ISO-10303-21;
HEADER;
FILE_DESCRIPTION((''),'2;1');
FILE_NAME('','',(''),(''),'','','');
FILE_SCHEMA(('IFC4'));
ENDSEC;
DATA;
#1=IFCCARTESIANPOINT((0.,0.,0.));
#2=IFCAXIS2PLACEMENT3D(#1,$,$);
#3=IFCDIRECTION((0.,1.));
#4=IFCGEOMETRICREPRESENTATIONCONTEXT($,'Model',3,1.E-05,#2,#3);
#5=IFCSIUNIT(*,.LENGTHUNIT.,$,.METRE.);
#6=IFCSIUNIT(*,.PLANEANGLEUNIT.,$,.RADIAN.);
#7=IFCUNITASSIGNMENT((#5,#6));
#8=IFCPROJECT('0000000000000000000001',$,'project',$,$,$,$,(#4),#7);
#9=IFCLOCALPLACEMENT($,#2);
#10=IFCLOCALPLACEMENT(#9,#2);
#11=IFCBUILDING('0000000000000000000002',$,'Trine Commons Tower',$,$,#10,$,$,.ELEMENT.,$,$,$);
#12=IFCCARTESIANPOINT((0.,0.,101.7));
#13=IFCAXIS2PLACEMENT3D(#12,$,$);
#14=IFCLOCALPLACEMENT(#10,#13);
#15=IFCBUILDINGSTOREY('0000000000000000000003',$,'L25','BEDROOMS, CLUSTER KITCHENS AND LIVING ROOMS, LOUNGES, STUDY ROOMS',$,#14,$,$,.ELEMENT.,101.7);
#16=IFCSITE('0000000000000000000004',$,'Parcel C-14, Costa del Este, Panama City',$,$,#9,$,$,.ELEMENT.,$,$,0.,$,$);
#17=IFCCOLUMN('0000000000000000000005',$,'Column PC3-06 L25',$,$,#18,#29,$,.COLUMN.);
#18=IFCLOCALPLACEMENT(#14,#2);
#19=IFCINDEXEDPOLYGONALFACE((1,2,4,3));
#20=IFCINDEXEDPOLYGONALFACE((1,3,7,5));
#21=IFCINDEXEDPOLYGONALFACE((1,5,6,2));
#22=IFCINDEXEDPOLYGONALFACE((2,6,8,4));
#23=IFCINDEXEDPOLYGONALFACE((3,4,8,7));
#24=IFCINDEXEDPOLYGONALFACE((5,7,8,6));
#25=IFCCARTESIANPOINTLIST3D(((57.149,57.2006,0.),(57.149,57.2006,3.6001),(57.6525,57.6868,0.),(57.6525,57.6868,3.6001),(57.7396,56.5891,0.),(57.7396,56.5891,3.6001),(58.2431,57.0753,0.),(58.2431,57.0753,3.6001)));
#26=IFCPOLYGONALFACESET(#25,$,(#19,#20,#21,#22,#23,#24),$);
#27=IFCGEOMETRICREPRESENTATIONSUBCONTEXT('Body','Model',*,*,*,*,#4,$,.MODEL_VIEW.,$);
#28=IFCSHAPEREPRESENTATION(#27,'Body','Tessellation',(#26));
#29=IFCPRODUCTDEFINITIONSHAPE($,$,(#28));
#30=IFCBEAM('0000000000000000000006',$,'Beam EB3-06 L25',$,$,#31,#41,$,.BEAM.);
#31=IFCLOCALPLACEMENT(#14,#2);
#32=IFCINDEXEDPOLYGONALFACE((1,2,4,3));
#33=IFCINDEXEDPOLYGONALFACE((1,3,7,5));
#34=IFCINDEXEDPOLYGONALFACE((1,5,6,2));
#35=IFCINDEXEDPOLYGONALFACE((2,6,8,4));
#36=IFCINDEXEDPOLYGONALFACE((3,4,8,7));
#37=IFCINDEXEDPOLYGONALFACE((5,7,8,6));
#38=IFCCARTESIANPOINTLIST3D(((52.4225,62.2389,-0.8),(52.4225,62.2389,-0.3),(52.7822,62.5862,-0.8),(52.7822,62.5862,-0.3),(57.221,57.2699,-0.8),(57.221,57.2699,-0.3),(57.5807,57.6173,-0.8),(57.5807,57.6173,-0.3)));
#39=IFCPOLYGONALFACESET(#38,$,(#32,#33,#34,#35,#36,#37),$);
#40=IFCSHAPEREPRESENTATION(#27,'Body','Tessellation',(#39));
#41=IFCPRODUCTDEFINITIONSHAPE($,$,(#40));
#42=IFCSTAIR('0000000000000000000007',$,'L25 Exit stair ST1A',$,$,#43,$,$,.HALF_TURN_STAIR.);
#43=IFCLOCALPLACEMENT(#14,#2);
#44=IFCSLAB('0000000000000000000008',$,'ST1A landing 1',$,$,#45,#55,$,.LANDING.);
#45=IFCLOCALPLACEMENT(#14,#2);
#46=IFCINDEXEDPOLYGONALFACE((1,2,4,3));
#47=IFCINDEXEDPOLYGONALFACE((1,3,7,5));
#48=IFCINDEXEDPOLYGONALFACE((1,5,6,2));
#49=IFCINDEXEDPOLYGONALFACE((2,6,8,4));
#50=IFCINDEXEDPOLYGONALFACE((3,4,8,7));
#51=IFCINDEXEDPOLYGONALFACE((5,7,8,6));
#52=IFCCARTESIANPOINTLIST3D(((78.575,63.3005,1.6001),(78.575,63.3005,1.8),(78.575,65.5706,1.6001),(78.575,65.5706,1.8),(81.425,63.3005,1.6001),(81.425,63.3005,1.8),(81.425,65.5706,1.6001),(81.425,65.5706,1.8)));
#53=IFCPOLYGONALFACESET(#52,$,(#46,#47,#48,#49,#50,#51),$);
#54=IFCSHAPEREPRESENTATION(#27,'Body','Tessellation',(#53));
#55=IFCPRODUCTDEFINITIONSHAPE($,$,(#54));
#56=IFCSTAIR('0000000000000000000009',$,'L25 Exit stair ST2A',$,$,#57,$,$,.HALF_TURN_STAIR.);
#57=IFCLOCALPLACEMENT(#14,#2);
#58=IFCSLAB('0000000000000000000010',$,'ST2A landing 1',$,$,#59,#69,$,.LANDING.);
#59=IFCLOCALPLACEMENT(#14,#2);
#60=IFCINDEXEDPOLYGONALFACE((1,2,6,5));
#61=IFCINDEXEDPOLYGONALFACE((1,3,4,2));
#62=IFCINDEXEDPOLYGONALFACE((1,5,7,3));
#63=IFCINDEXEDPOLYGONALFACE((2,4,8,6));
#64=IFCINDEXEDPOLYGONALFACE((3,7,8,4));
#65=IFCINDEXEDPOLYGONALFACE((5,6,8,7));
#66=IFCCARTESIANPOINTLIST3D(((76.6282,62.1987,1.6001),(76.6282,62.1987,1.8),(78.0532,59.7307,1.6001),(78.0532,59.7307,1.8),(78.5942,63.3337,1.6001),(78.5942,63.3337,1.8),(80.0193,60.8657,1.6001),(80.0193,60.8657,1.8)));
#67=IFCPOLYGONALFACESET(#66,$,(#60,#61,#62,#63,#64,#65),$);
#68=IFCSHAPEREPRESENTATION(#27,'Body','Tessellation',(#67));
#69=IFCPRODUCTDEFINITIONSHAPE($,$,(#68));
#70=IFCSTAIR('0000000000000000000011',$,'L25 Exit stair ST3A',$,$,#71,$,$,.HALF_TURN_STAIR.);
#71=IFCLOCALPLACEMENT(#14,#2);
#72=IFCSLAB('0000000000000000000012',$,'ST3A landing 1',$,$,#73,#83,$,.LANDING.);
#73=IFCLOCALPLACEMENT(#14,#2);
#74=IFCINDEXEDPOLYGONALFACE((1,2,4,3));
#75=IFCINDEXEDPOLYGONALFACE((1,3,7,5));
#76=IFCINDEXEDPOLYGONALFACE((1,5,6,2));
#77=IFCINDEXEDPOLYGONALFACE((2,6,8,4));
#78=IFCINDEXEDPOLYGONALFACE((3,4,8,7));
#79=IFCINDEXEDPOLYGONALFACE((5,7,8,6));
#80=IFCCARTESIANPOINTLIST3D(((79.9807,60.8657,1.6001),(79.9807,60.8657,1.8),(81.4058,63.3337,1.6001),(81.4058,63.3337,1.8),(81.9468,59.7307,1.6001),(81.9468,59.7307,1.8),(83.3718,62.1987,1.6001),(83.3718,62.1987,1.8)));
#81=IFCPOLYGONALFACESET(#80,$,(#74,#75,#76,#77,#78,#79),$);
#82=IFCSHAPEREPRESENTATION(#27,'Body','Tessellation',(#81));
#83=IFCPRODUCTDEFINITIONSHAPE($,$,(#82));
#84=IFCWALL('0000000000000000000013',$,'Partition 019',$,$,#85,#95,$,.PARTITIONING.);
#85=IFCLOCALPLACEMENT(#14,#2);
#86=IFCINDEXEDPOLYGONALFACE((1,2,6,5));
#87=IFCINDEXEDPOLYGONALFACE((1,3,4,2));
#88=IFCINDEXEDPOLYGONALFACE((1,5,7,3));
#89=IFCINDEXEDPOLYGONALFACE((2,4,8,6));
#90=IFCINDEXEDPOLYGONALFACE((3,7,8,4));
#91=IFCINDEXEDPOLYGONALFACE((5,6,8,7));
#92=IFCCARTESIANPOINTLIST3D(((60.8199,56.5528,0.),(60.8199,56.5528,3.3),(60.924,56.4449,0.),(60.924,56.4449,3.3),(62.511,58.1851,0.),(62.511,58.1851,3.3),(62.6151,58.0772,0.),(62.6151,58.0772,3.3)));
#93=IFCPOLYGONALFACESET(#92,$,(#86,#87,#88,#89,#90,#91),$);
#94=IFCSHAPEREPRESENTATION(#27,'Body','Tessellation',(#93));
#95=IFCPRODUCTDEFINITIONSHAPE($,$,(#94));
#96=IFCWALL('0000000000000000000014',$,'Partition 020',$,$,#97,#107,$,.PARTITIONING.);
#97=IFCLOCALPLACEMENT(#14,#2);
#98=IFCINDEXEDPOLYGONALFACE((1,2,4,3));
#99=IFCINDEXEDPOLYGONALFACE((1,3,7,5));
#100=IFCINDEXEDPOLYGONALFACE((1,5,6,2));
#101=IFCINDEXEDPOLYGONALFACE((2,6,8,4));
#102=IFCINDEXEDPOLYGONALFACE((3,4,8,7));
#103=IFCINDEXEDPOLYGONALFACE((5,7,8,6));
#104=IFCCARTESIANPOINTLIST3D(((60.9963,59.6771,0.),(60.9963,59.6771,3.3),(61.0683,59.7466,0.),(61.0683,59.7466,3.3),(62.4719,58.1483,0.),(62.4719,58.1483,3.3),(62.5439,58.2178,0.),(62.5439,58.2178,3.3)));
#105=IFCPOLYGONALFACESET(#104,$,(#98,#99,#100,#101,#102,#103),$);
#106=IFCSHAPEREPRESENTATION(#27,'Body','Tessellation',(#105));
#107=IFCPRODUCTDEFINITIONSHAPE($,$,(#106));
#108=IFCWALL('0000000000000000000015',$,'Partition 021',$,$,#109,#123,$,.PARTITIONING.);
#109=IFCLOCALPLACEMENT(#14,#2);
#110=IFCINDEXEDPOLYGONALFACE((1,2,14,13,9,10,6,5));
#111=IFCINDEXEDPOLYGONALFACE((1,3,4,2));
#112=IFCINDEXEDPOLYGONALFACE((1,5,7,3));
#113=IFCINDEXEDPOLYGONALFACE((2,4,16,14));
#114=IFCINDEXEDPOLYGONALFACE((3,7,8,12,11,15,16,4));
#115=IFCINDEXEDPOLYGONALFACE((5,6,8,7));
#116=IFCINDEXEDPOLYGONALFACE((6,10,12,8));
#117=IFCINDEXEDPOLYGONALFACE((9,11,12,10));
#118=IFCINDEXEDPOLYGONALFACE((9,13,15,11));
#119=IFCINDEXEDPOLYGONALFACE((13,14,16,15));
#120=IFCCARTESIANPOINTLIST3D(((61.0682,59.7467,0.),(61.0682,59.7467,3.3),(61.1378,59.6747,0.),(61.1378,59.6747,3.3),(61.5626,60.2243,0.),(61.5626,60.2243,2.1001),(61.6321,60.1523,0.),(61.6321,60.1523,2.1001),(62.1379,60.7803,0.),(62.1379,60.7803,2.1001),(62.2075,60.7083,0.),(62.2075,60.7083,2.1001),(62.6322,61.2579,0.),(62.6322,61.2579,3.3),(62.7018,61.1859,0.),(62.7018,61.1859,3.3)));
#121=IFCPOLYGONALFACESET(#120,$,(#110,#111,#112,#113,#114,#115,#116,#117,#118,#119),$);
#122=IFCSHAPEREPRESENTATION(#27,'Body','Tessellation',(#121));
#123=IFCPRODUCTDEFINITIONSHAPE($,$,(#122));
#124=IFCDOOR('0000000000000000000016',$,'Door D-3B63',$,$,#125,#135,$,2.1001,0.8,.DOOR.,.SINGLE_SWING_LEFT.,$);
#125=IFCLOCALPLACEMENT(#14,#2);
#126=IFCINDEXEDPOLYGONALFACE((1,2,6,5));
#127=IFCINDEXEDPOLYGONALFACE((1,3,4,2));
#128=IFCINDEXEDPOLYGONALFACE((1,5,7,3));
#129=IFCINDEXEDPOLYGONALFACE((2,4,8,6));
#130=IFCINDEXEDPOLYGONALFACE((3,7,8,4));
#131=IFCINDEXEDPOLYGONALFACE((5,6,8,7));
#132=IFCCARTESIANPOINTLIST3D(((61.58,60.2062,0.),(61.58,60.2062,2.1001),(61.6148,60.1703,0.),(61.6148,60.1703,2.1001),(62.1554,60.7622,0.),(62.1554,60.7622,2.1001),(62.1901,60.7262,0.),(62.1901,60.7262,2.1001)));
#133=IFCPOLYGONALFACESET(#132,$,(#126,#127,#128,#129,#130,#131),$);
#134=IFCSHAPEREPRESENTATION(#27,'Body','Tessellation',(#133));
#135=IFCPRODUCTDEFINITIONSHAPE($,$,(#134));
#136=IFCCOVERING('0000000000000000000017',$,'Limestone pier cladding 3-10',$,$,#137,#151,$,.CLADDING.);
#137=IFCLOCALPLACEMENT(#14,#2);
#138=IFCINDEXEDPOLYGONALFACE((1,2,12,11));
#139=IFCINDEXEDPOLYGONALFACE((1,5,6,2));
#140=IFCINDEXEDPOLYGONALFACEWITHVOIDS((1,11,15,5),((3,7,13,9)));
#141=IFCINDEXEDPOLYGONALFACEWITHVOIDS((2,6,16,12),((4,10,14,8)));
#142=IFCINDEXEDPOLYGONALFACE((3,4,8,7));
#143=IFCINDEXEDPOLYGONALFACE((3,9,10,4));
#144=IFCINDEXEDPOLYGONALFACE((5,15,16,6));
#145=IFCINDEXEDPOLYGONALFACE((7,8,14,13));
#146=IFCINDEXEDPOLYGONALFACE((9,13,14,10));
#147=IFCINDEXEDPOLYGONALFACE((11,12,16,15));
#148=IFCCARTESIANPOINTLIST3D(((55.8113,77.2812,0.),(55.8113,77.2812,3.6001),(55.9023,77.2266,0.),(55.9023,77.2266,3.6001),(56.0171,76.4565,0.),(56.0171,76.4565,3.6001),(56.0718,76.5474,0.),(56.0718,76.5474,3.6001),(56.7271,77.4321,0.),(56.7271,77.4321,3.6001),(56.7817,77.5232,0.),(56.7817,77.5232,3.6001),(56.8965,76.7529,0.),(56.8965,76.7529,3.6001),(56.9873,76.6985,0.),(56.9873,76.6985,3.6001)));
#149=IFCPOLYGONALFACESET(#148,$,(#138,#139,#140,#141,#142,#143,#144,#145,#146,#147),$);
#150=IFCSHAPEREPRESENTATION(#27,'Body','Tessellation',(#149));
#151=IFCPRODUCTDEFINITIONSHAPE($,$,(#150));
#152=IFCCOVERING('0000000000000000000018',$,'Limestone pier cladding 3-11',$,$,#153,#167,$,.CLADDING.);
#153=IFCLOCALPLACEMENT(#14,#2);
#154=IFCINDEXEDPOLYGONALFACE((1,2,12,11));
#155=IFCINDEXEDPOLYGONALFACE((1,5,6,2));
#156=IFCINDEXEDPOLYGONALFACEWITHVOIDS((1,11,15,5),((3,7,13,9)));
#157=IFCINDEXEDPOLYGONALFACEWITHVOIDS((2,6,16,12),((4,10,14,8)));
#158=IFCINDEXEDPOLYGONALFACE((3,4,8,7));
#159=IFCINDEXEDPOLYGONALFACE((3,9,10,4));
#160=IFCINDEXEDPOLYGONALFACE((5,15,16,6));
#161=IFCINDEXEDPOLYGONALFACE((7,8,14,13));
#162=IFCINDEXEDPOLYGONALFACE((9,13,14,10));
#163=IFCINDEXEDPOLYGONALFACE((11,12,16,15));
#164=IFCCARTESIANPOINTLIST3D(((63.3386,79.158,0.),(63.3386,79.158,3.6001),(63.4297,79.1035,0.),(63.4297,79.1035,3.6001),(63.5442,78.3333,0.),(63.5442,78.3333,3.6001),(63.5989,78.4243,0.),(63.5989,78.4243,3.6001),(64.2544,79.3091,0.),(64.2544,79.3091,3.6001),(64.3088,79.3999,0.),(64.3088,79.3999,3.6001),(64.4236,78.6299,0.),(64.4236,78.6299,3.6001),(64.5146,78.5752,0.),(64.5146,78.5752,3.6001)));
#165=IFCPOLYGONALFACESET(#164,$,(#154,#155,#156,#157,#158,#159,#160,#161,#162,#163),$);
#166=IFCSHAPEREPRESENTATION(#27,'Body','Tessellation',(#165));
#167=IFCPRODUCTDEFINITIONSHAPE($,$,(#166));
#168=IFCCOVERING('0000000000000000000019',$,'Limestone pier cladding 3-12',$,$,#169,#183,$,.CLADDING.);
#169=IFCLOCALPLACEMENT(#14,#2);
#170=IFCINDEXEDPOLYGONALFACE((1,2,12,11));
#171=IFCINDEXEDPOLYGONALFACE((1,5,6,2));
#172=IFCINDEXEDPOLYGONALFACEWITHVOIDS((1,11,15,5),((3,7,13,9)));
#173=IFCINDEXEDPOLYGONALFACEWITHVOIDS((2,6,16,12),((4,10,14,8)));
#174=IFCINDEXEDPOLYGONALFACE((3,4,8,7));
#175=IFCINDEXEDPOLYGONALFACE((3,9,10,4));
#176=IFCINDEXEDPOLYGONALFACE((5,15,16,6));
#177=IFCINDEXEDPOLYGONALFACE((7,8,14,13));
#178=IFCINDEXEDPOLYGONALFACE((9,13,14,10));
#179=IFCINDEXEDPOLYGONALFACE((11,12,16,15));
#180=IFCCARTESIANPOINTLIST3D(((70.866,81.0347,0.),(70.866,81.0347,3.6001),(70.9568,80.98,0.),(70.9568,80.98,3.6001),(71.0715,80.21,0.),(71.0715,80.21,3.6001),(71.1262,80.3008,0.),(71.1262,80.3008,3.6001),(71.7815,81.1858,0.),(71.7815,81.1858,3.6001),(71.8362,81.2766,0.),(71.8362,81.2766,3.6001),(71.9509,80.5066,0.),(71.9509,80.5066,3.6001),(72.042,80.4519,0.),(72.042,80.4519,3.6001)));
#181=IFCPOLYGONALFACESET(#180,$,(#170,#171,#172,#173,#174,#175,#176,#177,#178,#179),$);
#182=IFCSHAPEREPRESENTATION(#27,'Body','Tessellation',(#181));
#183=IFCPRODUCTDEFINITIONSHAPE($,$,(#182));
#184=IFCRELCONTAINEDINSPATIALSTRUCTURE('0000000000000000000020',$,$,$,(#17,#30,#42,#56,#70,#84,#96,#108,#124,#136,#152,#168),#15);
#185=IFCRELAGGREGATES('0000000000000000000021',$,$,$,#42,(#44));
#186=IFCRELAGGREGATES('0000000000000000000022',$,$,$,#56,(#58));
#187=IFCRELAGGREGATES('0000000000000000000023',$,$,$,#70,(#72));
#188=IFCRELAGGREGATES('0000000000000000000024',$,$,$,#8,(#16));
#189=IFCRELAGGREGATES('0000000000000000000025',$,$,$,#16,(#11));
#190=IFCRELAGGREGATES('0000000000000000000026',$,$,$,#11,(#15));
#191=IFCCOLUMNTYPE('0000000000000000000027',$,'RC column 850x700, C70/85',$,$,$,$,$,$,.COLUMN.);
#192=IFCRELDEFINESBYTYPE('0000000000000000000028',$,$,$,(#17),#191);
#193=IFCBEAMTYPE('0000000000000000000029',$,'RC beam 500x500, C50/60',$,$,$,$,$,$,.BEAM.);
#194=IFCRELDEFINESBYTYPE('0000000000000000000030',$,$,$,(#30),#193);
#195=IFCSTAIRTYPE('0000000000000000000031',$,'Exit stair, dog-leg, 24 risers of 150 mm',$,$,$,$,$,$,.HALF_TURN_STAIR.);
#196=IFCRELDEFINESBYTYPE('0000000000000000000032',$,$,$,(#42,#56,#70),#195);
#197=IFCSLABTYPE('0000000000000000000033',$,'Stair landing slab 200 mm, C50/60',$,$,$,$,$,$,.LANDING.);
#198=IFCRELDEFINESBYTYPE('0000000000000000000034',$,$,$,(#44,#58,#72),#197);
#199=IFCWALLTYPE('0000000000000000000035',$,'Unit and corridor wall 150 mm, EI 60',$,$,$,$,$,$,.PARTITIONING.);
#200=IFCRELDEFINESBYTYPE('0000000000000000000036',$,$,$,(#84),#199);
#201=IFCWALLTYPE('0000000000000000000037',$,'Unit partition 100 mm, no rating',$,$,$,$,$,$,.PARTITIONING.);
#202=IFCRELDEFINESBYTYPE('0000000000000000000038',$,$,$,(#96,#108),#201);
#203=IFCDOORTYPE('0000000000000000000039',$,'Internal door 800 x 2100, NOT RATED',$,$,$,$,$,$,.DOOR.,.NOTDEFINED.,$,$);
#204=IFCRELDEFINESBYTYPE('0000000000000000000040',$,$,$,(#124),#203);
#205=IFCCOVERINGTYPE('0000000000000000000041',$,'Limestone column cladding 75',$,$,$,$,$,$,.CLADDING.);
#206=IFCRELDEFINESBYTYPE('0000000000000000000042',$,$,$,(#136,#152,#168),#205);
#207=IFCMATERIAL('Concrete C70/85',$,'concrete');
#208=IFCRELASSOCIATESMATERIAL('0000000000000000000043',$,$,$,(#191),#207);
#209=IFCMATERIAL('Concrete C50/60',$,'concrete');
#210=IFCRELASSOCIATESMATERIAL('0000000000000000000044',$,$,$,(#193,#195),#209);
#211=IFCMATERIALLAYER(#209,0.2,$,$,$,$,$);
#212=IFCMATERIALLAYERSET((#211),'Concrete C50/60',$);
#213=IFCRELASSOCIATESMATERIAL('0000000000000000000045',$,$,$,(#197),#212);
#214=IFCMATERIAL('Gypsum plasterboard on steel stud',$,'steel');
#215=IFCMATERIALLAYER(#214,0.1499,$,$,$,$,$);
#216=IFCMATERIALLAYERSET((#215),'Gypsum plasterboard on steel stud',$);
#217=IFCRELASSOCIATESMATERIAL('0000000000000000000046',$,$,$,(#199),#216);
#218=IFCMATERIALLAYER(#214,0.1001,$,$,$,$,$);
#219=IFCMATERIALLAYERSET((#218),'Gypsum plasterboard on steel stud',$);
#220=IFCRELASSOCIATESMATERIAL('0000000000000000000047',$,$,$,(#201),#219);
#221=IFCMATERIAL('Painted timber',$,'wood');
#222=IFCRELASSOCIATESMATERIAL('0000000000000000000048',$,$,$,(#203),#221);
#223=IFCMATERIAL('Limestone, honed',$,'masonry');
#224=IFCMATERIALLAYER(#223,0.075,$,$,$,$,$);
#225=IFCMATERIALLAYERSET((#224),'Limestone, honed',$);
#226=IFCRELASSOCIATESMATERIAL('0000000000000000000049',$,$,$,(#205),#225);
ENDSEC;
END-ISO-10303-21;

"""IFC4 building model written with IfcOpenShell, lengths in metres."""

from ifc_helpers import new_model, si_unit, direction, frame, frame_2d, origin, origin_2d, place, context, subcontext, project, spatial, polyline, rectangle, outline, extrude, material, layer, layer_set, material_profile, profile_set, type_object, element, fill, aggregate, save


model = new_model("IFC4")

# Units and contexts
model_context = context("Model", 3, precision=1e-05, world=origin(), true_north=direction((0.0, 1.0)))
body_context = subcontext(model_context, "Body", "Model", "MODEL_VIEW")
ifc_project = project(units=[si_unit("LENGTHUNIT", "METRE"), si_unit("PLANEANGLEUNIT", "RADIAN")], contexts=[model_context])

# Site, building, storey
site_placement = place(None, origin())
site = spatial("IfcSite", under=ifc_project, at=site_placement, Name="Parcel C-14, Costa del Este, Panama City", CompositionType="ELEMENT", RefElevation=0.0)
building_placement = place(site_placement, origin())
building = spatial("IfcBuilding", under=site, at=building_placement, Name="Trine Commons Tower", CompositionType="ELEMENT")
storey_placement = place(building_placement, frame((0.0, 0.0, 101.7)))
storey = spatial("IfcBuildingStorey", under=building, at=storey_placement, Name="L25", Description="BEDROOMS, CLUSTER KITCHENS AND LIVING ROOMS, LOUNGES, STUDY ROOMS", CompositionType="ELEMENT", Elevation=101.7)

# Column
ifc_material_1 = material(Name="Concrete C70/85", Category="concrete")
ifc_material_profile_1 = material_profile(ifc_material_1, rectangle(XDim=0.8501, YDim=0.7, at=origin_2d()), Name="RC 850x700")
ifc_profile_set_1 = profile_set([ifc_material_profile_1], Name="Concrete C70/85")
column_type = type_object("IfcColumnType", Name="RC column 850x700, C70/85", PredefinedType="COLUMN", material=ifc_profile_set_1)
column_placement = place(storey_placement, frame((57.696, 57.1379, 0.0), z_axis=(0.0, 0.0, 1.0), x_axis=(-0.694658, 0.71934, 0.0)))
element("IfcColumn", 1, at=column_placement, inside=storey, type_object=column_type, Name="Column PC3-06 L25", PredefinedType="COLUMN", context=body_context, shape_type="SweptSolid", body=[
    extrude(rectangle(XDim=0.8501, YDim=0.7, at=origin_2d()), origin(), (0.0, 0.0, 1.0), 3.6001),
])

# Beam
ifc_material_2 = material(Name="Concrete C50/60", Category="concrete")
ifc_material_profile_2 = material_profile(ifc_material_2, rectangle(XDim=0.5, YDim=0.5, at=origin_2d()), Name="RC 500x500")
ifc_profile_set_2 = profile_set([ifc_material_profile_2], Name="Concrete C50/60")
beam_type = type_object("IfcBeamType", Name="RC beam 500x500, C50/60", PredefinedType="BEAM", material=ifc_profile_set_2)
beam_placement = place(storey_placement, frame((57.4009, 57.4436, -0.55), z_axis=(-0.694665, 0.719334, 0.0), x_axis=(-0.719334, -0.694665, 0.0)))
element("IfcBeam", 2, at=beam_placement, inside=storey, type_object=beam_type, Name="Beam EB3-06 L25", PredefinedType="BEAM", context=body_context, shape_type="SweptSolid", body=[
    extrude(rectangle(XDim=0.5, YDim=0.5, at=origin_2d()), origin(), (0.0, 0.0, 1.0), 6.9077),
])

# Stairs, slabs
stair_type = type_object("IfcStairType", Name="Exit stair, dog-leg, 24 risers of 150 mm", PredefinedType="HALF_TURN_STAIR", material=ifc_material_2)
stair_1_placement = place(storey_placement, origin())
stair_1 = element("IfcStair", 3, at=stair_1_placement, inside=storey, type_object=stair_type, Name="L25 Exit stair ST1A", PredefinedType="HALF_TURN_STAIR")
ifc_layer_1 = layer(ifc_material_2, 0.2)
ifc_layer_set_1 = layer_set([ifc_layer_1], Name="Concrete C50/60")
slab_type = type_object("IfcSlabType", Name="Stair landing slab 200 mm, C50/60", PredefinedType="LANDING", material=ifc_layer_set_1)
slab_1_placement = place(storey_placement, frame((0.0, 0.0, 1.6001)))
slab_1 = element("IfcSlab", 4, at=slab_1_placement, type_object=slab_type, Name="ST1A landing 1", PredefinedType="LANDING", context=body_context, shape_type="SweptSolid", body=[
    extrude(outline(polyline([(78.575, 65.5706), (78.575, 63.3005), (81.425, 63.3005), (81.425, 65.5706), (78.575, 65.5706)])), origin(), (0.0, 0.0, 1.0), 0.2),
])
aggregate(stair_1, [slab_1])
stair_2_placement = place(storey_placement, origin())
stair_2 = element("IfcStair", 5, at=stair_2_placement, inside=storey, type_object=stair_type, Name="L25 Exit stair ST2A", PredefinedType="HALF_TURN_STAIR")
slab_2_placement = place(storey_placement, frame((0.0, 0.0, 1.6001)))
slab_2 = element("IfcSlab", 6, at=slab_2_placement, type_object=slab_type, Name="ST2A landing 1", PredefinedType="LANDING", context=body_context, shape_type="SweptSolid", body=[
    extrude(outline(polyline([(78.0532, 59.7307), (80.0193, 60.8657), (78.5942, 63.3337), (76.6282, 62.1987), (78.0532, 59.7307)])), origin(), (0.0, 0.0, 1.0), 0.2),
])
aggregate(stair_2, [slab_2])
stair_3_placement = place(storey_placement, origin())
stair_3 = element("IfcStair", 7, at=stair_3_placement, inside=storey, type_object=stair_type, Name="L25 Exit stair ST3A", PredefinedType="HALF_TURN_STAIR")
slab_3_placement = place(storey_placement, frame((0.0, 0.0, 1.6001)))
slab_3 = element("IfcSlab", 8, at=slab_3_placement, type_object=slab_type, Name="ST3A landing 1", PredefinedType="LANDING", context=body_context, shape_type="SweptSolid", body=[
    extrude(outline(polyline([(83.3718, 62.1987), (81.4058, 63.3337), (79.9807, 60.8657), (81.9468, 59.7307), (83.3718, 62.1987)])), origin(), (0.0, 0.0, 1.0), 0.2),
])
aggregate(stair_3, [slab_3])

# Walls
ifc_material_3 = material(Name="Gypsum plasterboard on steel stud", Category="steel")
ifc_layer_2 = layer(ifc_material_3, 0.1499)
ifc_layer_set_2 = layer_set([ifc_layer_2], Name="Gypsum plasterboard on steel stud")
wall_type_1 = type_object("IfcWallType", Name="Unit and corridor wall 150 mm, EI 60", PredefinedType="PARTITIONING", material=ifc_layer_set_2)
wall_1_placement = place(storey_placement, frame((60.8718, 56.4988, 0.0), z_axis=(0.0, 0.0, 1.0), x_axis=(0.719512, 0.69448, 0.0)))
element("IfcWall", 9, at=wall_1_placement, inside=storey, type_object=wall_type_1, Name="Partition 019", PredefinedType="PARTITIONING", context=body_context, shape_type="SweptSolid", body=[
    extrude(rectangle(XDim=2.3503, YDim=0.1499, at=frame_2d((1.1753, 0.0))), origin(), (0.0, 0.0, 1.0), 3.3),
])
ifc_layer_3 = layer(ifc_material_3, 0.1001)
ifc_layer_set_3 = layer_set([ifc_layer_3], Name="Gypsum plasterboard on steel stud")
wall_type_2 = type_object("IfcWallType", Name="Unit partition 100 mm, no rating", PredefinedType="PARTITIONING", material=ifc_layer_set_3)
wall_2_placement = place(storey_placement, frame((61.0322, 59.7119, 0.0), z_axis=(0.0, 0.0, 1.0), x_axis=(0.694471, -0.71952, 0.0)))
element("IfcWall", 10, at=wall_2_placement, inside=storey, type_object=wall_type_2, Name="Partition 020", PredefinedType="PARTITIONING", context=body_context, shape_type="SweptSolid", body=[
    extrude(rectangle(XDim=2.1248, YDim=0.1001, at=frame_2d((1.0625, 0.0))), origin(), (0.0, 0.0, 1.0), 3.3),
])

# Wall, opening, door
wall_3_placement = place(storey_placement, frame((61.103, 59.7107, 0.0), z_axis=(0.0, 0.0, 1.0), x_axis=(0.719127, 0.694879, 0.0)))
wall_3 = element("IfcWall", 11, at=wall_3_placement, inside=storey, type_object=wall_type_2, Name="Partition 021", PredefinedType="PARTITIONING", context=body_context, shape_type="SweptSolid", body=[
    extrude(rectangle(XDim=2.1748, YDim=0.1001, at=frame_2d((1.0874, 0.0))), origin(), (0.0, 0.0, 1.0), 3.3),
])
opening_placement = place(wall_3_placement, frame((0.6875, 0.0, 0.0)))
opening = element("IfcOpeningElement", 12, at=opening_placement, cuts=wall_3, PredefinedType="OPENING", context=body_context, shape_type="SweptSolid", body=[
    extrude(rectangle(XDim=0.8, YDim=2.1001, at=frame_2d((0.3999, 1.05))), frame((0.0, 0.0601, 0.0), z_axis=(0.0, -1.0, 0.0), x_axis=(1.0, 0.0, 0.0)), (0.0, 0.0, 1.0), 0.1201),
])
ifc_material_4 = material(Name="Painted timber", Category="wood")
door_type = type_object("IfcDoorType", Name="Internal door 800 x 2100, NOT RATED", OperationType="NOTDEFINED", PredefinedType="DOOR", material=ifc_material_4)
door_placement = place(opening_placement, origin())
door = element("IfcDoor", 13, at=door_placement, inside=storey, type_object=door_type, Name="Door D-3B63", OperationType="SINGLE_SWING_LEFT", OverallHeight=2.1001, OverallWidth=0.8, PredefinedType="DOOR", context=body_context, shape_type="SweptSolid", body=[
    extrude(rectangle(XDim=0.8, YDim=2.1001, at=frame_2d((0.3999, 1.05))), frame((0.0, 0.0249, 0.0), z_axis=(0.0, -1.0, 0.0), x_axis=(1.0, 0.0, 0.0)), (0.0, 0.0, 1.0), 0.05),
])
fill(opening, door)

# Coverings
ifc_material_5 = material(Name="Limestone, honed", Category="masonry")
ifc_layer_4 = layer(ifc_material_5, 0.075)
ifc_layer_set_4 = layer_set([ifc_layer_4], Name="Limestone, honed")
covering_type_1 = type_object("IfcCoveringType", Name="Limestone column cladding 75", PredefinedType="CLADDING", material=ifc_layer_set_4)
covering_1_placement = place(storey_placement, origin())
element("IfcCovering", 14, at=covering_1_placement, inside=storey, type_object=covering_type_1, Name="Limestone pier cladding 3-10", PredefinedType="CLADDING", context=body_context, shape_type="SweptSolid", body=[
    extrude(outline(polyline([(56.9873, 76.6985), (56.7817, 77.5232), (55.8113, 77.2812), (56.0171, 76.4565), (56.9873, 76.6985)]), holes=[polyline([(56.8965, 76.7529), (56.7271, 77.4321), (55.9023, 77.2266), (56.0718, 76.5474), (56.8965, 76.7529)])]), origin(), (0.0, 0.0, 1.0), 3.6001),
])
covering_2_placement = place(storey_placement, origin())
element("IfcCovering", 15, at=covering_2_placement, inside=storey, type_object=covering_type_1, Name="Limestone pier cladding 3-11", PredefinedType="CLADDING", context=body_context, shape_type="SweptSolid", body=[
    extrude(outline(polyline([(64.5146, 78.5752), (64.3088, 79.3999), (63.3386, 79.158), (63.5442, 78.3333), (64.5146, 78.5752)]), holes=[polyline([(64.4236, 78.6299), (64.2544, 79.3091), (63.4297, 79.1035), (63.5989, 78.4243), (64.4236, 78.6299)])]), origin(), (0.0, 0.0, 1.0), 3.6001),
])
covering_3_placement = place(storey_placement, origin())
element("IfcCovering", 16, at=covering_3_placement, inside=storey, type_object=covering_type_1, Name="Limestone pier cladding 3-12", PredefinedType="CLADDING", context=body_context, shape_type="SweptSolid", body=[
    extrude(outline(polyline([(72.042, 80.4519), (71.8362, 81.2766), (70.866, 81.0347), (71.0715, 80.21), (72.042, 80.4519)]), holes=[polyline([(71.9509, 80.5066), (71.7815, 81.1858), (70.9568, 80.98), (71.1262, 80.3008), (71.9509, 80.5066)])]), origin(), (0.0, 0.0, 1.0), 3.6001),
])

save(model, "model.ifc")
